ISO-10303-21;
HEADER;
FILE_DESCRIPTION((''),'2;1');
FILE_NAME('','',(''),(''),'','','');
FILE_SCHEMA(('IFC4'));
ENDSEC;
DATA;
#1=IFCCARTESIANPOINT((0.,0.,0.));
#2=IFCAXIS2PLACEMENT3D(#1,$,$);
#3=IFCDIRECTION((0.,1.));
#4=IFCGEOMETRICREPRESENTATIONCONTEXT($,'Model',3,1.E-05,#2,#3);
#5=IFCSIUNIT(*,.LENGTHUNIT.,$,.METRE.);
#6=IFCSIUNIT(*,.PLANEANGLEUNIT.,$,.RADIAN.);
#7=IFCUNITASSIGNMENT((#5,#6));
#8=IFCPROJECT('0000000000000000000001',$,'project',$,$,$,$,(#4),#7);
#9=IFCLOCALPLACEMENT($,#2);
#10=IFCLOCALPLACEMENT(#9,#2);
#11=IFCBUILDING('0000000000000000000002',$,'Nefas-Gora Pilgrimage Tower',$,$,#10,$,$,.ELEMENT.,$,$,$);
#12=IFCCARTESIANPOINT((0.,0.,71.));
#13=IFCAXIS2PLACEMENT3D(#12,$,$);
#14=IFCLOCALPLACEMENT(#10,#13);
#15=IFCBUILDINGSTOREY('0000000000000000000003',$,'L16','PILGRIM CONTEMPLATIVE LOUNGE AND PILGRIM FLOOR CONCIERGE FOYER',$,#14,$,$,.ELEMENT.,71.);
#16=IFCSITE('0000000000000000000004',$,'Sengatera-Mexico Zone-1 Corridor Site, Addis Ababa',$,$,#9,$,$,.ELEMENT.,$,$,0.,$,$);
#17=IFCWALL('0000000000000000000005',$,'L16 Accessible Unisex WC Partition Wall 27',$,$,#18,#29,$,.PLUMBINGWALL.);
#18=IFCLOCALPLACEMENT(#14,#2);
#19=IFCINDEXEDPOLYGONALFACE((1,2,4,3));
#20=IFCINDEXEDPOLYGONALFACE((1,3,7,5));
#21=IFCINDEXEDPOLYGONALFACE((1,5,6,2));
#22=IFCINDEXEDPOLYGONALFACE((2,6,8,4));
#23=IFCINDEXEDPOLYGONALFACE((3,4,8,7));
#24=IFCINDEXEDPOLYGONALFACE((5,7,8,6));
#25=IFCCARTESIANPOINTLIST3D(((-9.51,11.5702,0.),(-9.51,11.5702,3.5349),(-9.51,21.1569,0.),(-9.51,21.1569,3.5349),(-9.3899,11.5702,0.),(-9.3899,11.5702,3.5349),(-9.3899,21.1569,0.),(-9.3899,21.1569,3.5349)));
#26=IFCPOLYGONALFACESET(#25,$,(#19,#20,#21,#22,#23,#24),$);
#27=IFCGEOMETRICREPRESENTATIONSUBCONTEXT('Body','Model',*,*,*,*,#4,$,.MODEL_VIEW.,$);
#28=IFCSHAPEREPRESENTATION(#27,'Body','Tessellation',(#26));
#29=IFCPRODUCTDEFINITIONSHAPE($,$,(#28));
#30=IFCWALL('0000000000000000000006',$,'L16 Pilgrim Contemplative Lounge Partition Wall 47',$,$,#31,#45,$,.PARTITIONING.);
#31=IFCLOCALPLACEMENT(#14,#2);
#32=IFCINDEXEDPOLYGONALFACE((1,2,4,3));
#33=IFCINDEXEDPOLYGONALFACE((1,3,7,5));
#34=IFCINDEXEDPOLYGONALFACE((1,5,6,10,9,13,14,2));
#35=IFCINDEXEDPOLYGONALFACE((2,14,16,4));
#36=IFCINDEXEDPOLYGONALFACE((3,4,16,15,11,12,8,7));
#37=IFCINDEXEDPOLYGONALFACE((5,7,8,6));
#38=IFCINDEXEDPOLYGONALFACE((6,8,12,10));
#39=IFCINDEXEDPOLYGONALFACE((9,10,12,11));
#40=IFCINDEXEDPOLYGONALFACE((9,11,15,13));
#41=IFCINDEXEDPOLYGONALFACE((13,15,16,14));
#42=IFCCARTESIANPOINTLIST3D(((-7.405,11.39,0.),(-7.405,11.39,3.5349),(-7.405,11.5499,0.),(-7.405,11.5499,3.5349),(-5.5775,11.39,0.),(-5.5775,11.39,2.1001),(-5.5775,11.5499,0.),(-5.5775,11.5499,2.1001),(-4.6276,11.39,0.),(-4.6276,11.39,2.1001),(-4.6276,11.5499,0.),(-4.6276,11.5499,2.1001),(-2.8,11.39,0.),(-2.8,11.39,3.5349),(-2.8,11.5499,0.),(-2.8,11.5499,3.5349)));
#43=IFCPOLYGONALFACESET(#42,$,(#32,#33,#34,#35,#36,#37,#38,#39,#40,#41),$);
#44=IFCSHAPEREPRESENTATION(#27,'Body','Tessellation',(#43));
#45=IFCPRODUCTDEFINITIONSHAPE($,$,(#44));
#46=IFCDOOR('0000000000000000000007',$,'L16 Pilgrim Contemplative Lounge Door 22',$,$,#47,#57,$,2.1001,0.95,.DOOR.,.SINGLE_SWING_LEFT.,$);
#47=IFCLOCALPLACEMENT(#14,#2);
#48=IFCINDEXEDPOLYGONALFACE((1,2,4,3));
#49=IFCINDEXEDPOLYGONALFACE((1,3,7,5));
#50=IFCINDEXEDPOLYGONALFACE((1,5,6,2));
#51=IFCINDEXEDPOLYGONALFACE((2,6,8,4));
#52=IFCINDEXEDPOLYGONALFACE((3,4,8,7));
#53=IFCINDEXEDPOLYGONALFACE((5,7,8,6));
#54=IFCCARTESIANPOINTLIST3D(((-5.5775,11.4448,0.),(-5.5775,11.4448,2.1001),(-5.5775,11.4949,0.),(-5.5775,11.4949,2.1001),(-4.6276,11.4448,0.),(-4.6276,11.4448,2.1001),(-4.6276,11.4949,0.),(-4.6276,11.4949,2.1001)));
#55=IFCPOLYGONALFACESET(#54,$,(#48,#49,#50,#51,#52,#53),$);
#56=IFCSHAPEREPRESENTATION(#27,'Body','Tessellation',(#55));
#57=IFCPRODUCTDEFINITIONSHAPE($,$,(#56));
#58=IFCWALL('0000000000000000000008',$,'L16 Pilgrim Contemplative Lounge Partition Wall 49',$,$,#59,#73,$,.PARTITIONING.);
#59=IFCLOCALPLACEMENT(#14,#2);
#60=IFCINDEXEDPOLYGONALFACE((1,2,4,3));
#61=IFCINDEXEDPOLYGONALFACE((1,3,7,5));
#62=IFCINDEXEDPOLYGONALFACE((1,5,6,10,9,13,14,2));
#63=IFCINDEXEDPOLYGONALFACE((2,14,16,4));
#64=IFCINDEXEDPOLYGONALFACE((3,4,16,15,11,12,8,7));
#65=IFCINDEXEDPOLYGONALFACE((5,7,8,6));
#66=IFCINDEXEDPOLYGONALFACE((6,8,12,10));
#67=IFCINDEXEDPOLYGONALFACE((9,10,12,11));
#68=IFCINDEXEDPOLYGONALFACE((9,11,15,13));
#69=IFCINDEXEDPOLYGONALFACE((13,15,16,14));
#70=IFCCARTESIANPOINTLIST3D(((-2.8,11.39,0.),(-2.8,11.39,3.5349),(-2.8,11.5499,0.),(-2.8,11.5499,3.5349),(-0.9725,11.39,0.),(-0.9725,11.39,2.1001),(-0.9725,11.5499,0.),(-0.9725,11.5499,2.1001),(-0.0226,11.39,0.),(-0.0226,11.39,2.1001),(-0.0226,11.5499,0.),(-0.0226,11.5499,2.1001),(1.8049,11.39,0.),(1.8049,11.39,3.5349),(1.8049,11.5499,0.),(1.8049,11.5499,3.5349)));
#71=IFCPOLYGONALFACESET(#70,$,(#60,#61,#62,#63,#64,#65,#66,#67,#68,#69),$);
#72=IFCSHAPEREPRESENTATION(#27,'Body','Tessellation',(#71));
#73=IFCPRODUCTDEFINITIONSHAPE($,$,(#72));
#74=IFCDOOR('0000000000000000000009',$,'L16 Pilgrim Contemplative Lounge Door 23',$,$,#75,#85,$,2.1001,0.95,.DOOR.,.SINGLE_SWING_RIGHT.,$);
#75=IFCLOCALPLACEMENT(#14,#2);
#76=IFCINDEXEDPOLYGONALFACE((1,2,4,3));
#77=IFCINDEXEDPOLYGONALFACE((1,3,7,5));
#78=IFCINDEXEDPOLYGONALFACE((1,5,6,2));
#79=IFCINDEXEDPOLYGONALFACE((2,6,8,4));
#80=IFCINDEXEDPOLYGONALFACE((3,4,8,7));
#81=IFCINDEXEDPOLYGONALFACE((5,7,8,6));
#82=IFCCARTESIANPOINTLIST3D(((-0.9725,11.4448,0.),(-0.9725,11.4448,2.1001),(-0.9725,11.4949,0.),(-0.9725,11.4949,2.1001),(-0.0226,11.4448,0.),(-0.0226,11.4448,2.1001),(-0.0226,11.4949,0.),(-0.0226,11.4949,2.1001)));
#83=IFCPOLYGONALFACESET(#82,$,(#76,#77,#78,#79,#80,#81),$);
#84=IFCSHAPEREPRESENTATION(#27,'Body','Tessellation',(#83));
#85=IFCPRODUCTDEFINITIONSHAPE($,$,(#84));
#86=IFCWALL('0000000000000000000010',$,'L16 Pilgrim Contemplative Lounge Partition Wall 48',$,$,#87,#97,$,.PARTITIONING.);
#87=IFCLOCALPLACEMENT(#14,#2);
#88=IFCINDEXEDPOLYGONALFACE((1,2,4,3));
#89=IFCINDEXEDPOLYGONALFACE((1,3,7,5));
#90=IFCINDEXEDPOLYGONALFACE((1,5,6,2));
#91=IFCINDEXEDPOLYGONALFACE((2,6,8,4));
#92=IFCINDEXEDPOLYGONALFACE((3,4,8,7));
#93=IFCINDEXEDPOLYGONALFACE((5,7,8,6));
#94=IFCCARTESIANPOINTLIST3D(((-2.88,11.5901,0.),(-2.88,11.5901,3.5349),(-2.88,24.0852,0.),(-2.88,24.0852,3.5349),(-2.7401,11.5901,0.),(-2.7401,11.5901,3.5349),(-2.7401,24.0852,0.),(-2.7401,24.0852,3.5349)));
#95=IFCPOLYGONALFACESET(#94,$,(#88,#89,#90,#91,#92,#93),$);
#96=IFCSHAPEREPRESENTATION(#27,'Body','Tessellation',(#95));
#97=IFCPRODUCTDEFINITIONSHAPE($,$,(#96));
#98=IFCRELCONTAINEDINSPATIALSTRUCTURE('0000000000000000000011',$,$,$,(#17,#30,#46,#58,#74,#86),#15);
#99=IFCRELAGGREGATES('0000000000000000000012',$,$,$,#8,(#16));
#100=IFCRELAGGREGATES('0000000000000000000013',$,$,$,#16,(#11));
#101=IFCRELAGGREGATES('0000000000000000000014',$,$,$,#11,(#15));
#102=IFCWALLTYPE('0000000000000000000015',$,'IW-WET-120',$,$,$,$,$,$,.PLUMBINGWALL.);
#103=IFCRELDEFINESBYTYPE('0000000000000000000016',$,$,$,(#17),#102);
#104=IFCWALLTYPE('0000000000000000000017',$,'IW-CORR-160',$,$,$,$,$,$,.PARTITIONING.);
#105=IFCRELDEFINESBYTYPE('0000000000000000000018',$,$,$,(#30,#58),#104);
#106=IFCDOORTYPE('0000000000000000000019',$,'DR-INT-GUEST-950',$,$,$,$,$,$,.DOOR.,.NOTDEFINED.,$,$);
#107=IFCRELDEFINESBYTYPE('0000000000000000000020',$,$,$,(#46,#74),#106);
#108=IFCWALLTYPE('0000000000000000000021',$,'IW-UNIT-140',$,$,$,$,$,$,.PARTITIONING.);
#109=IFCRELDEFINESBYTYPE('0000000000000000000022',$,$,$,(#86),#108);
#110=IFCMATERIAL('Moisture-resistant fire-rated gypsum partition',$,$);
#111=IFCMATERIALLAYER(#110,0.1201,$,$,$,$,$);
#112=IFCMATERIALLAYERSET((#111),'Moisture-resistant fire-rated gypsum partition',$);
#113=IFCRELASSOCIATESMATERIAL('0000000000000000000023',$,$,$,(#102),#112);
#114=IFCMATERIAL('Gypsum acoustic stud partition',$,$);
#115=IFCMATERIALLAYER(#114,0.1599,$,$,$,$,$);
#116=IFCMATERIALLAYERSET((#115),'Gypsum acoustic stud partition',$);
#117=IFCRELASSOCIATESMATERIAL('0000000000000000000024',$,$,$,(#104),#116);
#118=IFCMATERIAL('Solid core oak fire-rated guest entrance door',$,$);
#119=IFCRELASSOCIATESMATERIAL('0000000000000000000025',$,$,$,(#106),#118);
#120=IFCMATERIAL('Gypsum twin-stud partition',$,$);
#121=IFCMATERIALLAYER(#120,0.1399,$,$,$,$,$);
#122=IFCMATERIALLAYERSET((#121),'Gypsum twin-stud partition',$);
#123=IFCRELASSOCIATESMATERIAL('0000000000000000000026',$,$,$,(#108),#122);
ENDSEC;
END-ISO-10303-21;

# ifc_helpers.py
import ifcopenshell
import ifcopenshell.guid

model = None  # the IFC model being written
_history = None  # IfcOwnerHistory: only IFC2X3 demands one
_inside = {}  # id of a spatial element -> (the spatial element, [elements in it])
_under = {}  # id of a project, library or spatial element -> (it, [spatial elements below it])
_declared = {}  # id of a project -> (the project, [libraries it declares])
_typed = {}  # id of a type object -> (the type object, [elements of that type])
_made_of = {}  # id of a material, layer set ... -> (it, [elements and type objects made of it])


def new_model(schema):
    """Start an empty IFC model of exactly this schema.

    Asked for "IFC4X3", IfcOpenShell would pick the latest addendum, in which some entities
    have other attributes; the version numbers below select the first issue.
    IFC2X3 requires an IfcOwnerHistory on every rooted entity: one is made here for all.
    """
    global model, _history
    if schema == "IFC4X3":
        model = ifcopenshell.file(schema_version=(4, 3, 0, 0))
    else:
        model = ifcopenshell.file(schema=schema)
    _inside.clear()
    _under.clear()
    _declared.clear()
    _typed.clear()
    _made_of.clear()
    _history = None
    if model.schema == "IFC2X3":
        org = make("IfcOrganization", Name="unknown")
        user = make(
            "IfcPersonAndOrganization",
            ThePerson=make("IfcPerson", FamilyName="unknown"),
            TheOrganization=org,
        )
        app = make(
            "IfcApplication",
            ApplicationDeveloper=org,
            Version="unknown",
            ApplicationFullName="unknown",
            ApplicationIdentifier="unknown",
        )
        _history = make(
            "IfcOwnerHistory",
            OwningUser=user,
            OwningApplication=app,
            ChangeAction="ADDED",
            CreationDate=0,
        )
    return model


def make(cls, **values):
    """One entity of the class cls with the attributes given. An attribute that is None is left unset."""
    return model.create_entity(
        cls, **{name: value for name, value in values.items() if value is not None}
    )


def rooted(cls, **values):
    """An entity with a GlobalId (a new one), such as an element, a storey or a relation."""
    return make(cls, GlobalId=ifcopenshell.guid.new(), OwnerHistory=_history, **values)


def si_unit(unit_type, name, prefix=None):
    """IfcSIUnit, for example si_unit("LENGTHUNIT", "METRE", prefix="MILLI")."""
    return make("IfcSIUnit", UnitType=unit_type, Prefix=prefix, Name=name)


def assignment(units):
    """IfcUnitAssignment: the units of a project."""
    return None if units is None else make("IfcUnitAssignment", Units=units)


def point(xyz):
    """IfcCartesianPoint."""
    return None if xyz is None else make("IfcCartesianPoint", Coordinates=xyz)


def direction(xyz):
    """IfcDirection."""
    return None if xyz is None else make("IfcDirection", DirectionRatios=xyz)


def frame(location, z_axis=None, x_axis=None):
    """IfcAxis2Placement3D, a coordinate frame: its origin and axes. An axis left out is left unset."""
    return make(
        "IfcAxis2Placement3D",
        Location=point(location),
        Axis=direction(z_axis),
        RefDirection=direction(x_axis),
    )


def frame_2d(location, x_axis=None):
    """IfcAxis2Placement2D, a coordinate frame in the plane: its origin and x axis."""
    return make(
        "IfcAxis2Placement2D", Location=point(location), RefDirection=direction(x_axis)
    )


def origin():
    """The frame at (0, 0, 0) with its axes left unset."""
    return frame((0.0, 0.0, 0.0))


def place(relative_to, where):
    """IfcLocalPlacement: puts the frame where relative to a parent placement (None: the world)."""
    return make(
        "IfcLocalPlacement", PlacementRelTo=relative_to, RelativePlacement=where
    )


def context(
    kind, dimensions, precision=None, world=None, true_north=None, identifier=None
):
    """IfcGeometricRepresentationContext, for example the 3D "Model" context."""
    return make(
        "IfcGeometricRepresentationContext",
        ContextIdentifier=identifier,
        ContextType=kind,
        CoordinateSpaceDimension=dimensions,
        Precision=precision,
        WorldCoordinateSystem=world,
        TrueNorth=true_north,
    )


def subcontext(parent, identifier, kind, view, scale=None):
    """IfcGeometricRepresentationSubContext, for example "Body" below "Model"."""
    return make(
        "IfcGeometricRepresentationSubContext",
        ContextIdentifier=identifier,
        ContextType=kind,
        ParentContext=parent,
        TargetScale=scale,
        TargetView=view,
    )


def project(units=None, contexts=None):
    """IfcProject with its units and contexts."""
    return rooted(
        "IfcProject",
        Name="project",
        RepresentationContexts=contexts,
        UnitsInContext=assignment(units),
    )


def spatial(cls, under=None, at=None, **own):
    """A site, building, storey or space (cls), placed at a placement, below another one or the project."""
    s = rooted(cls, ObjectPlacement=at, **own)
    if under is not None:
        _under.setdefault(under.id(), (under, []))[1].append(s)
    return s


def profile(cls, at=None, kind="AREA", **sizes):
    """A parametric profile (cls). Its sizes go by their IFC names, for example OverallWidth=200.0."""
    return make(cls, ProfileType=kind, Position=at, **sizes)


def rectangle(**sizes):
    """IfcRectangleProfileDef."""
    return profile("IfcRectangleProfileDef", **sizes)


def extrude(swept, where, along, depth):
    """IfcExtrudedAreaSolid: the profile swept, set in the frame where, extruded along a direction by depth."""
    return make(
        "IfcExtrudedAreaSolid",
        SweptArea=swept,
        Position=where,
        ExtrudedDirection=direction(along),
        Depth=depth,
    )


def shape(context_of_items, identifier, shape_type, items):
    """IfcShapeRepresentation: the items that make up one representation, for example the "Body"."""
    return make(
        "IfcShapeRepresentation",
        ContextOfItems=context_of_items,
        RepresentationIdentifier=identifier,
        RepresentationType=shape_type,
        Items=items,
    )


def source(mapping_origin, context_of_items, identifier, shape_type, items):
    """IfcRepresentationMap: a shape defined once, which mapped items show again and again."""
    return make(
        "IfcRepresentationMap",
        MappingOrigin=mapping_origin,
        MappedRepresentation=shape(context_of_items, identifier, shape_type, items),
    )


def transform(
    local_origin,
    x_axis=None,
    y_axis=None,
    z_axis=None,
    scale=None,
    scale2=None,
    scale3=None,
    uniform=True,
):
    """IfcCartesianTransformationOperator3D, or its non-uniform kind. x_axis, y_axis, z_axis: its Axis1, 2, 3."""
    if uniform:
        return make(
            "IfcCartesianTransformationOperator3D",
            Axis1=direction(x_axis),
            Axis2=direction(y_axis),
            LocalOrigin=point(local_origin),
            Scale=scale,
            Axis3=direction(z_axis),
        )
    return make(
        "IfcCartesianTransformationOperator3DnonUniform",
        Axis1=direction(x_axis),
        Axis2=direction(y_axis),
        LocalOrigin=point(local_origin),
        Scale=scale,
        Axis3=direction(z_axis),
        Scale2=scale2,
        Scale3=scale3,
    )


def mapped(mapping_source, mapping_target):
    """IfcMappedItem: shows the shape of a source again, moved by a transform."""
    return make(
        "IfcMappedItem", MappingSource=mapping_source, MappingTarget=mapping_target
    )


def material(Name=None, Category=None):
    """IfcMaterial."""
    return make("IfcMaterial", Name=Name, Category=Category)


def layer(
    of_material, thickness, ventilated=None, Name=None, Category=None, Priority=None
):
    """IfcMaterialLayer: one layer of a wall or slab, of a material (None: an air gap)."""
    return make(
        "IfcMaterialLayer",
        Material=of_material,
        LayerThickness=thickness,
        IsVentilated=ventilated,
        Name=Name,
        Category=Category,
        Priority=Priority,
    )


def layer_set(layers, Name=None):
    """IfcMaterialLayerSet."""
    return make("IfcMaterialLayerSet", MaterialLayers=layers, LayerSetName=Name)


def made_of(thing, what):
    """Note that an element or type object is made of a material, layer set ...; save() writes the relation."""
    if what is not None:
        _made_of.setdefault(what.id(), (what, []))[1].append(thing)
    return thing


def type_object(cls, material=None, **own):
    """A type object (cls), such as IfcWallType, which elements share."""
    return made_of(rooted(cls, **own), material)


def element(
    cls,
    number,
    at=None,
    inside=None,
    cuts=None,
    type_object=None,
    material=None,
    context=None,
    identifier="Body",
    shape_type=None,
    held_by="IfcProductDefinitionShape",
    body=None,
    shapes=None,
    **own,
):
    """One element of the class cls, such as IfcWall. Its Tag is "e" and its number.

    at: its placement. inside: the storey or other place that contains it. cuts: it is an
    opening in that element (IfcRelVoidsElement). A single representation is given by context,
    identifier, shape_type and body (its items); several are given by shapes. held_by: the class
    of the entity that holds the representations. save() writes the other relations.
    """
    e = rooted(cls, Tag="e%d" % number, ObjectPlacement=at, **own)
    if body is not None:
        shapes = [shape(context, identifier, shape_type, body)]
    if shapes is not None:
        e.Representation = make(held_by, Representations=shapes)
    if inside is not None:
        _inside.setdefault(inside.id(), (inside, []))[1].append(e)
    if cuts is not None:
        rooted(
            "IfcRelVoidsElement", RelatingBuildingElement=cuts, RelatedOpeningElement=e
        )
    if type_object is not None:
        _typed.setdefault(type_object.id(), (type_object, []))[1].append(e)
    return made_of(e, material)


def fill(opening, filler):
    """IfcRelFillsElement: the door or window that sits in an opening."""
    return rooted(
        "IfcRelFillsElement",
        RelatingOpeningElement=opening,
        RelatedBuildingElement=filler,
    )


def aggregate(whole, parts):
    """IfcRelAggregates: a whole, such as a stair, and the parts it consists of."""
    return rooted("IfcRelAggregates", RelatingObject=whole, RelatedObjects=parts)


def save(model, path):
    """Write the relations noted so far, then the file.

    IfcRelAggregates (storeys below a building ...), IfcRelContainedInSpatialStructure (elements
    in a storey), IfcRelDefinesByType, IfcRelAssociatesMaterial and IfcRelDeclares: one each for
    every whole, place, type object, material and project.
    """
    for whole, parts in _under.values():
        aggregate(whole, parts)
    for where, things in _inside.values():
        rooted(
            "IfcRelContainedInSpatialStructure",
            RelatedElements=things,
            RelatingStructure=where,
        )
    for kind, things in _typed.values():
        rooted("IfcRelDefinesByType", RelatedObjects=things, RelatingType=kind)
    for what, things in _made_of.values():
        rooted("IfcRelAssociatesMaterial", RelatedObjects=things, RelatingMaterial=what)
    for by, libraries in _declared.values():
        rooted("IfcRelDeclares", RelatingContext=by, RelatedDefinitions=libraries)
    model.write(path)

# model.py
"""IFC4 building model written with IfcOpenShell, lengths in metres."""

from ifc_helpers import new_model, si_unit, direction, frame, frame_2d, origin, place, context, subcontext, project, spatial, rectangle, extrude, source, transform, mapped, material, layer, layer_set, type_object, element, fill, save


model = new_model("IFC4")

# Units and contexts
model_context = context("Model", 3, precision=1e-05, world=origin(), true_north=direction((0.0, 1.0)))
body_context = subcontext(model_context, "Body", "Model", "MODEL_VIEW")
ifc_project = project(units=[si_unit("LENGTHUNIT", "METRE"), si_unit("PLANEANGLEUNIT", "RADIAN")], contexts=[model_context])

# Site, building, storey
site_placement = place(None, origin())
site = spatial("IfcSite", under=ifc_project, at=site_placement, Name="Sengatera-Mexico Zone-1 Corridor Site, Addis Ababa", CompositionType="ELEMENT", RefElevation=0.0)
building_placement = place(site_placement, origin())
building = spatial("IfcBuilding", under=site, at=building_placement, Name="Nefas-Gora Pilgrimage Tower", CompositionType="ELEMENT")
storey_placement = place(building_placement, frame((0.0, 0.0, 71.0)))
storey = spatial("IfcBuildingStorey", under=building, at=storey_placement, Name="L16", Description="PILGRIM CONTEMPLATIVE LOUNGE AND PILGRIM FLOOR CONCIERGE FOYER", CompositionType="ELEMENT", Elevation=71.0)

# Wall
ifc_material_1 = material(Name="Moisture-resistant fire-rated gypsum partition")
ifc_layer_1 = layer(ifc_material_1, 0.1201)
ifc_layer_set_1 = layer_set([ifc_layer_1], Name="Moisture-resistant fire-rated gypsum partition")
wall_type_1 = type_object("IfcWallType", Name="IW-WET-120", PredefinedType="PLUMBINGWALL", material=ifc_layer_set_1)
shared_shape_1 = source(origin(), body_context, "Body", "SweptSolid", [
    extrude(rectangle(XDim=9.5867, YDim=0.1201, at=frame_2d((4.7935, 0.0))), origin(), (0.0, 0.0, 1.0), 3.5349),
])
wall_1_placement = place(storey_placement, frame((-9.45, 11.5701, 0.0), z_axis=(0.0, 0.0, 1.0), x_axis=(0.0, 1.0, 0.0)))
element("IfcWall", 1, at=wall_1_placement, inside=storey, type_object=wall_type_1, Name="L16 Accessible Unisex WC Partition Wall 27", PredefinedType="PLUMBINGWALL", context=body_context, shape_type="MappedRepresentation", body=[
    mapped(shared_shape_1, transform((0.0, 0.0, 0.0), x_axis=(1.0, 0.0, 0.0), y_axis=(0.0, 1.0, 0.0), z_axis=(0.0, 0.0, 1.0), scale=1.0)),
])

# Walls, openings, doors
ifc_material_2 = material(Name="Gypsum acoustic stud partition")
ifc_layer_2 = layer(ifc_material_2, 0.1599)
ifc_layer_set_2 = layer_set([ifc_layer_2], Name="Gypsum acoustic stud partition")
wall_type_2 = type_object("IfcWallType", Name="IW-CORR-160", PredefinedType="PARTITIONING", material=ifc_layer_set_2)
shared_shape_2 = source(origin(), body_context, "Body", "SweptSolid", [
    extrude(rectangle(XDim=4.605, YDim=0.1599, at=frame_2d((2.3025, 0.0))), origin(), (0.0, 0.0, 1.0), 3.5349),
])
wall_2_placement = place(storey_placement, frame((-7.405, 11.47, 0.0), z_axis=(0.0, 0.0, 1.0), x_axis=(1.0, 0.0, 0.0)))
wall_2 = element("IfcWall", 2, at=wall_2_placement, inside=storey, type_object=wall_type_2, Name="L16 Pilgrim Contemplative Lounge Partition Wall 47", PredefinedType="PARTITIONING", context=body_context, shape_type="MappedRepresentation", body=[
    mapped(shared_shape_2, transform((0.0, 0.0, 0.0), x_axis=(1.0, 0.0, 0.0), y_axis=(0.0, 1.0, 0.0), z_axis=(0.0, 0.0, 1.0), scale=1.0)),
])
opening_1_placement = place(wall_2_placement, frame((1.8274, 0.0, 0.0)))
opening_1 = element("IfcOpeningElement", 3, at=opening_1_placement, cuts=wall_2, PredefinedType="OPENING", context=body_context, shape_type="SweptSolid", body=[
    extrude(rectangle(XDim=0.95, YDim=2.1001, at=frame_2d((0.4751, 1.05))), frame((0.0, 0.0898, 0.0), z_axis=(0.0, -1.0, 0.0), x_axis=(1.0, 0.0, 0.0)), (0.0, 0.0, 1.0), 0.1799),
])
ifc_material_3 = material(Name="Solid core oak fire-rated guest entrance door")
door_type = type_object("IfcDoorType", Name="DR-INT-GUEST-950", OperationType="NOTDEFINED", PredefinedType="DOOR", material=ifc_material_3)
shared_shape_3 = source(origin(), body_context, "Body", "SweptSolid", [
    extrude(rectangle(XDim=0.95, YDim=2.1001, at=frame_2d((0.4751, 1.05))), frame((0.0, 0.0249, 0.0), z_axis=(0.0, -1.0, 0.0), x_axis=(1.0, 0.0, 0.0)), (0.0, 0.0, 1.0), 0.05),
])
door_1_placement = place(opening_1_placement, origin())
door_1 = element("IfcDoor", 4, at=door_1_placement, inside=storey, type_object=door_type, Name="L16 Pilgrim Contemplative Lounge Door 22", OperationType="SINGLE_SWING_LEFT", OverallHeight=2.1001, OverallWidth=0.95, PredefinedType="DOOR", context=body_context, shape_type="MappedRepresentation", body=[
    mapped(shared_shape_3, transform((0.0, 0.0, 0.0), x_axis=(1.0, 0.0, 0.0), y_axis=(0.0, 1.0, 0.0), z_axis=(0.0, 0.0, 1.0), scale=1.0)),
])
fill(opening_1, door_1)
wall_3_placement = place(storey_placement, frame((-2.8, 11.47, 0.0), z_axis=(0.0, 0.0, 1.0), x_axis=(1.0, 0.0, 0.0)))
wall_3 = element("IfcWall", 5, at=wall_3_placement, inside=storey, type_object=wall_type_2, Name="L16 Pilgrim Contemplative Lounge Partition Wall 49", PredefinedType="PARTITIONING", context=body_context, shape_type="MappedRepresentation", body=[
    mapped(shared_shape_2, transform((0.0, 0.0, 0.0), x_axis=(1.0, 0.0, 0.0), y_axis=(0.0, 1.0, 0.0), z_axis=(0.0, 0.0, 1.0), scale=1.0)),
])
opening_2_placement = place(wall_3_placement, frame((1.8274, 0.0, 0.0)))
opening_2 = element("IfcOpeningElement", 6, at=opening_2_placement, cuts=wall_3, PredefinedType="OPENING", context=body_context, shape_type="SweptSolid", body=[
    extrude(rectangle(XDim=0.95, YDim=2.1001, at=frame_2d((0.4751, 1.05))), frame((0.0, 0.0898, 0.0), z_axis=(0.0, -1.0, 0.0), x_axis=(1.0, 0.0, 0.0)), (0.0, 0.0, 1.0), 0.1799),
])
door_2_placement = place(opening_2_placement, origin())
door_2 = element("IfcDoor", 7, at=door_2_placement, inside=storey, type_object=door_type, Name="L16 Pilgrim Contemplative Lounge Door 23", OperationType="SINGLE_SWING_RIGHT", OverallHeight=2.1001, OverallWidth=0.95, PredefinedType="DOOR", context=body_context, shape_type="MappedRepresentation", body=[
    mapped(shared_shape_3, transform((0.0, 0.0, 0.0), x_axis=(1.0, 0.0, 0.0), y_axis=(0.0, 1.0, 0.0), z_axis=(0.0, 0.0, 1.0), scale=1.0)),
])
fill(opening_2, door_2)

# Wall
ifc_material_4 = material(Name="Gypsum twin-stud partition")
ifc_layer_3 = layer(ifc_material_4, 0.1399)
ifc_layer_set_3 = layer_set([ifc_layer_3], Name="Gypsum twin-stud partition")
wall_type_3 = type_object("IfcWallType", Name="IW-UNIT-140", PredefinedType="PARTITIONING", material=ifc_layer_set_3)
shared_shape_4 = source(origin(), body_context, "Body", "SweptSolid", [
    extrude(rectangle(XDim=12.4951, YDim=0.1399, at=frame_2d((6.2476, 0.0))), origin(), (0.0, 0.0, 1.0), 3.5349),
])
wall_4_placement = place(storey_placement, frame((-2.8101, 11.5901, 0.0), z_axis=(0.0, 0.0, 1.0), x_axis=(0.0, 1.0, 0.0)))
element("IfcWall", 8, at=wall_4_placement, inside=storey, type_object=wall_type_3, Name="L16 Pilgrim Contemplative Lounge Partition Wall 48", PredefinedType="PARTITIONING", context=body_context, shape_type="MappedRepresentation", body=[
    mapped(shared_shape_4, transform((0.0, 0.0, 0.0), x_axis=(1.0, 0.0, 0.0), y_axis=(0.0, 1.0, 0.0), z_axis=(0.0, 0.0, 1.0), scale=1.0)),
])

save(model, "model.ifc")
